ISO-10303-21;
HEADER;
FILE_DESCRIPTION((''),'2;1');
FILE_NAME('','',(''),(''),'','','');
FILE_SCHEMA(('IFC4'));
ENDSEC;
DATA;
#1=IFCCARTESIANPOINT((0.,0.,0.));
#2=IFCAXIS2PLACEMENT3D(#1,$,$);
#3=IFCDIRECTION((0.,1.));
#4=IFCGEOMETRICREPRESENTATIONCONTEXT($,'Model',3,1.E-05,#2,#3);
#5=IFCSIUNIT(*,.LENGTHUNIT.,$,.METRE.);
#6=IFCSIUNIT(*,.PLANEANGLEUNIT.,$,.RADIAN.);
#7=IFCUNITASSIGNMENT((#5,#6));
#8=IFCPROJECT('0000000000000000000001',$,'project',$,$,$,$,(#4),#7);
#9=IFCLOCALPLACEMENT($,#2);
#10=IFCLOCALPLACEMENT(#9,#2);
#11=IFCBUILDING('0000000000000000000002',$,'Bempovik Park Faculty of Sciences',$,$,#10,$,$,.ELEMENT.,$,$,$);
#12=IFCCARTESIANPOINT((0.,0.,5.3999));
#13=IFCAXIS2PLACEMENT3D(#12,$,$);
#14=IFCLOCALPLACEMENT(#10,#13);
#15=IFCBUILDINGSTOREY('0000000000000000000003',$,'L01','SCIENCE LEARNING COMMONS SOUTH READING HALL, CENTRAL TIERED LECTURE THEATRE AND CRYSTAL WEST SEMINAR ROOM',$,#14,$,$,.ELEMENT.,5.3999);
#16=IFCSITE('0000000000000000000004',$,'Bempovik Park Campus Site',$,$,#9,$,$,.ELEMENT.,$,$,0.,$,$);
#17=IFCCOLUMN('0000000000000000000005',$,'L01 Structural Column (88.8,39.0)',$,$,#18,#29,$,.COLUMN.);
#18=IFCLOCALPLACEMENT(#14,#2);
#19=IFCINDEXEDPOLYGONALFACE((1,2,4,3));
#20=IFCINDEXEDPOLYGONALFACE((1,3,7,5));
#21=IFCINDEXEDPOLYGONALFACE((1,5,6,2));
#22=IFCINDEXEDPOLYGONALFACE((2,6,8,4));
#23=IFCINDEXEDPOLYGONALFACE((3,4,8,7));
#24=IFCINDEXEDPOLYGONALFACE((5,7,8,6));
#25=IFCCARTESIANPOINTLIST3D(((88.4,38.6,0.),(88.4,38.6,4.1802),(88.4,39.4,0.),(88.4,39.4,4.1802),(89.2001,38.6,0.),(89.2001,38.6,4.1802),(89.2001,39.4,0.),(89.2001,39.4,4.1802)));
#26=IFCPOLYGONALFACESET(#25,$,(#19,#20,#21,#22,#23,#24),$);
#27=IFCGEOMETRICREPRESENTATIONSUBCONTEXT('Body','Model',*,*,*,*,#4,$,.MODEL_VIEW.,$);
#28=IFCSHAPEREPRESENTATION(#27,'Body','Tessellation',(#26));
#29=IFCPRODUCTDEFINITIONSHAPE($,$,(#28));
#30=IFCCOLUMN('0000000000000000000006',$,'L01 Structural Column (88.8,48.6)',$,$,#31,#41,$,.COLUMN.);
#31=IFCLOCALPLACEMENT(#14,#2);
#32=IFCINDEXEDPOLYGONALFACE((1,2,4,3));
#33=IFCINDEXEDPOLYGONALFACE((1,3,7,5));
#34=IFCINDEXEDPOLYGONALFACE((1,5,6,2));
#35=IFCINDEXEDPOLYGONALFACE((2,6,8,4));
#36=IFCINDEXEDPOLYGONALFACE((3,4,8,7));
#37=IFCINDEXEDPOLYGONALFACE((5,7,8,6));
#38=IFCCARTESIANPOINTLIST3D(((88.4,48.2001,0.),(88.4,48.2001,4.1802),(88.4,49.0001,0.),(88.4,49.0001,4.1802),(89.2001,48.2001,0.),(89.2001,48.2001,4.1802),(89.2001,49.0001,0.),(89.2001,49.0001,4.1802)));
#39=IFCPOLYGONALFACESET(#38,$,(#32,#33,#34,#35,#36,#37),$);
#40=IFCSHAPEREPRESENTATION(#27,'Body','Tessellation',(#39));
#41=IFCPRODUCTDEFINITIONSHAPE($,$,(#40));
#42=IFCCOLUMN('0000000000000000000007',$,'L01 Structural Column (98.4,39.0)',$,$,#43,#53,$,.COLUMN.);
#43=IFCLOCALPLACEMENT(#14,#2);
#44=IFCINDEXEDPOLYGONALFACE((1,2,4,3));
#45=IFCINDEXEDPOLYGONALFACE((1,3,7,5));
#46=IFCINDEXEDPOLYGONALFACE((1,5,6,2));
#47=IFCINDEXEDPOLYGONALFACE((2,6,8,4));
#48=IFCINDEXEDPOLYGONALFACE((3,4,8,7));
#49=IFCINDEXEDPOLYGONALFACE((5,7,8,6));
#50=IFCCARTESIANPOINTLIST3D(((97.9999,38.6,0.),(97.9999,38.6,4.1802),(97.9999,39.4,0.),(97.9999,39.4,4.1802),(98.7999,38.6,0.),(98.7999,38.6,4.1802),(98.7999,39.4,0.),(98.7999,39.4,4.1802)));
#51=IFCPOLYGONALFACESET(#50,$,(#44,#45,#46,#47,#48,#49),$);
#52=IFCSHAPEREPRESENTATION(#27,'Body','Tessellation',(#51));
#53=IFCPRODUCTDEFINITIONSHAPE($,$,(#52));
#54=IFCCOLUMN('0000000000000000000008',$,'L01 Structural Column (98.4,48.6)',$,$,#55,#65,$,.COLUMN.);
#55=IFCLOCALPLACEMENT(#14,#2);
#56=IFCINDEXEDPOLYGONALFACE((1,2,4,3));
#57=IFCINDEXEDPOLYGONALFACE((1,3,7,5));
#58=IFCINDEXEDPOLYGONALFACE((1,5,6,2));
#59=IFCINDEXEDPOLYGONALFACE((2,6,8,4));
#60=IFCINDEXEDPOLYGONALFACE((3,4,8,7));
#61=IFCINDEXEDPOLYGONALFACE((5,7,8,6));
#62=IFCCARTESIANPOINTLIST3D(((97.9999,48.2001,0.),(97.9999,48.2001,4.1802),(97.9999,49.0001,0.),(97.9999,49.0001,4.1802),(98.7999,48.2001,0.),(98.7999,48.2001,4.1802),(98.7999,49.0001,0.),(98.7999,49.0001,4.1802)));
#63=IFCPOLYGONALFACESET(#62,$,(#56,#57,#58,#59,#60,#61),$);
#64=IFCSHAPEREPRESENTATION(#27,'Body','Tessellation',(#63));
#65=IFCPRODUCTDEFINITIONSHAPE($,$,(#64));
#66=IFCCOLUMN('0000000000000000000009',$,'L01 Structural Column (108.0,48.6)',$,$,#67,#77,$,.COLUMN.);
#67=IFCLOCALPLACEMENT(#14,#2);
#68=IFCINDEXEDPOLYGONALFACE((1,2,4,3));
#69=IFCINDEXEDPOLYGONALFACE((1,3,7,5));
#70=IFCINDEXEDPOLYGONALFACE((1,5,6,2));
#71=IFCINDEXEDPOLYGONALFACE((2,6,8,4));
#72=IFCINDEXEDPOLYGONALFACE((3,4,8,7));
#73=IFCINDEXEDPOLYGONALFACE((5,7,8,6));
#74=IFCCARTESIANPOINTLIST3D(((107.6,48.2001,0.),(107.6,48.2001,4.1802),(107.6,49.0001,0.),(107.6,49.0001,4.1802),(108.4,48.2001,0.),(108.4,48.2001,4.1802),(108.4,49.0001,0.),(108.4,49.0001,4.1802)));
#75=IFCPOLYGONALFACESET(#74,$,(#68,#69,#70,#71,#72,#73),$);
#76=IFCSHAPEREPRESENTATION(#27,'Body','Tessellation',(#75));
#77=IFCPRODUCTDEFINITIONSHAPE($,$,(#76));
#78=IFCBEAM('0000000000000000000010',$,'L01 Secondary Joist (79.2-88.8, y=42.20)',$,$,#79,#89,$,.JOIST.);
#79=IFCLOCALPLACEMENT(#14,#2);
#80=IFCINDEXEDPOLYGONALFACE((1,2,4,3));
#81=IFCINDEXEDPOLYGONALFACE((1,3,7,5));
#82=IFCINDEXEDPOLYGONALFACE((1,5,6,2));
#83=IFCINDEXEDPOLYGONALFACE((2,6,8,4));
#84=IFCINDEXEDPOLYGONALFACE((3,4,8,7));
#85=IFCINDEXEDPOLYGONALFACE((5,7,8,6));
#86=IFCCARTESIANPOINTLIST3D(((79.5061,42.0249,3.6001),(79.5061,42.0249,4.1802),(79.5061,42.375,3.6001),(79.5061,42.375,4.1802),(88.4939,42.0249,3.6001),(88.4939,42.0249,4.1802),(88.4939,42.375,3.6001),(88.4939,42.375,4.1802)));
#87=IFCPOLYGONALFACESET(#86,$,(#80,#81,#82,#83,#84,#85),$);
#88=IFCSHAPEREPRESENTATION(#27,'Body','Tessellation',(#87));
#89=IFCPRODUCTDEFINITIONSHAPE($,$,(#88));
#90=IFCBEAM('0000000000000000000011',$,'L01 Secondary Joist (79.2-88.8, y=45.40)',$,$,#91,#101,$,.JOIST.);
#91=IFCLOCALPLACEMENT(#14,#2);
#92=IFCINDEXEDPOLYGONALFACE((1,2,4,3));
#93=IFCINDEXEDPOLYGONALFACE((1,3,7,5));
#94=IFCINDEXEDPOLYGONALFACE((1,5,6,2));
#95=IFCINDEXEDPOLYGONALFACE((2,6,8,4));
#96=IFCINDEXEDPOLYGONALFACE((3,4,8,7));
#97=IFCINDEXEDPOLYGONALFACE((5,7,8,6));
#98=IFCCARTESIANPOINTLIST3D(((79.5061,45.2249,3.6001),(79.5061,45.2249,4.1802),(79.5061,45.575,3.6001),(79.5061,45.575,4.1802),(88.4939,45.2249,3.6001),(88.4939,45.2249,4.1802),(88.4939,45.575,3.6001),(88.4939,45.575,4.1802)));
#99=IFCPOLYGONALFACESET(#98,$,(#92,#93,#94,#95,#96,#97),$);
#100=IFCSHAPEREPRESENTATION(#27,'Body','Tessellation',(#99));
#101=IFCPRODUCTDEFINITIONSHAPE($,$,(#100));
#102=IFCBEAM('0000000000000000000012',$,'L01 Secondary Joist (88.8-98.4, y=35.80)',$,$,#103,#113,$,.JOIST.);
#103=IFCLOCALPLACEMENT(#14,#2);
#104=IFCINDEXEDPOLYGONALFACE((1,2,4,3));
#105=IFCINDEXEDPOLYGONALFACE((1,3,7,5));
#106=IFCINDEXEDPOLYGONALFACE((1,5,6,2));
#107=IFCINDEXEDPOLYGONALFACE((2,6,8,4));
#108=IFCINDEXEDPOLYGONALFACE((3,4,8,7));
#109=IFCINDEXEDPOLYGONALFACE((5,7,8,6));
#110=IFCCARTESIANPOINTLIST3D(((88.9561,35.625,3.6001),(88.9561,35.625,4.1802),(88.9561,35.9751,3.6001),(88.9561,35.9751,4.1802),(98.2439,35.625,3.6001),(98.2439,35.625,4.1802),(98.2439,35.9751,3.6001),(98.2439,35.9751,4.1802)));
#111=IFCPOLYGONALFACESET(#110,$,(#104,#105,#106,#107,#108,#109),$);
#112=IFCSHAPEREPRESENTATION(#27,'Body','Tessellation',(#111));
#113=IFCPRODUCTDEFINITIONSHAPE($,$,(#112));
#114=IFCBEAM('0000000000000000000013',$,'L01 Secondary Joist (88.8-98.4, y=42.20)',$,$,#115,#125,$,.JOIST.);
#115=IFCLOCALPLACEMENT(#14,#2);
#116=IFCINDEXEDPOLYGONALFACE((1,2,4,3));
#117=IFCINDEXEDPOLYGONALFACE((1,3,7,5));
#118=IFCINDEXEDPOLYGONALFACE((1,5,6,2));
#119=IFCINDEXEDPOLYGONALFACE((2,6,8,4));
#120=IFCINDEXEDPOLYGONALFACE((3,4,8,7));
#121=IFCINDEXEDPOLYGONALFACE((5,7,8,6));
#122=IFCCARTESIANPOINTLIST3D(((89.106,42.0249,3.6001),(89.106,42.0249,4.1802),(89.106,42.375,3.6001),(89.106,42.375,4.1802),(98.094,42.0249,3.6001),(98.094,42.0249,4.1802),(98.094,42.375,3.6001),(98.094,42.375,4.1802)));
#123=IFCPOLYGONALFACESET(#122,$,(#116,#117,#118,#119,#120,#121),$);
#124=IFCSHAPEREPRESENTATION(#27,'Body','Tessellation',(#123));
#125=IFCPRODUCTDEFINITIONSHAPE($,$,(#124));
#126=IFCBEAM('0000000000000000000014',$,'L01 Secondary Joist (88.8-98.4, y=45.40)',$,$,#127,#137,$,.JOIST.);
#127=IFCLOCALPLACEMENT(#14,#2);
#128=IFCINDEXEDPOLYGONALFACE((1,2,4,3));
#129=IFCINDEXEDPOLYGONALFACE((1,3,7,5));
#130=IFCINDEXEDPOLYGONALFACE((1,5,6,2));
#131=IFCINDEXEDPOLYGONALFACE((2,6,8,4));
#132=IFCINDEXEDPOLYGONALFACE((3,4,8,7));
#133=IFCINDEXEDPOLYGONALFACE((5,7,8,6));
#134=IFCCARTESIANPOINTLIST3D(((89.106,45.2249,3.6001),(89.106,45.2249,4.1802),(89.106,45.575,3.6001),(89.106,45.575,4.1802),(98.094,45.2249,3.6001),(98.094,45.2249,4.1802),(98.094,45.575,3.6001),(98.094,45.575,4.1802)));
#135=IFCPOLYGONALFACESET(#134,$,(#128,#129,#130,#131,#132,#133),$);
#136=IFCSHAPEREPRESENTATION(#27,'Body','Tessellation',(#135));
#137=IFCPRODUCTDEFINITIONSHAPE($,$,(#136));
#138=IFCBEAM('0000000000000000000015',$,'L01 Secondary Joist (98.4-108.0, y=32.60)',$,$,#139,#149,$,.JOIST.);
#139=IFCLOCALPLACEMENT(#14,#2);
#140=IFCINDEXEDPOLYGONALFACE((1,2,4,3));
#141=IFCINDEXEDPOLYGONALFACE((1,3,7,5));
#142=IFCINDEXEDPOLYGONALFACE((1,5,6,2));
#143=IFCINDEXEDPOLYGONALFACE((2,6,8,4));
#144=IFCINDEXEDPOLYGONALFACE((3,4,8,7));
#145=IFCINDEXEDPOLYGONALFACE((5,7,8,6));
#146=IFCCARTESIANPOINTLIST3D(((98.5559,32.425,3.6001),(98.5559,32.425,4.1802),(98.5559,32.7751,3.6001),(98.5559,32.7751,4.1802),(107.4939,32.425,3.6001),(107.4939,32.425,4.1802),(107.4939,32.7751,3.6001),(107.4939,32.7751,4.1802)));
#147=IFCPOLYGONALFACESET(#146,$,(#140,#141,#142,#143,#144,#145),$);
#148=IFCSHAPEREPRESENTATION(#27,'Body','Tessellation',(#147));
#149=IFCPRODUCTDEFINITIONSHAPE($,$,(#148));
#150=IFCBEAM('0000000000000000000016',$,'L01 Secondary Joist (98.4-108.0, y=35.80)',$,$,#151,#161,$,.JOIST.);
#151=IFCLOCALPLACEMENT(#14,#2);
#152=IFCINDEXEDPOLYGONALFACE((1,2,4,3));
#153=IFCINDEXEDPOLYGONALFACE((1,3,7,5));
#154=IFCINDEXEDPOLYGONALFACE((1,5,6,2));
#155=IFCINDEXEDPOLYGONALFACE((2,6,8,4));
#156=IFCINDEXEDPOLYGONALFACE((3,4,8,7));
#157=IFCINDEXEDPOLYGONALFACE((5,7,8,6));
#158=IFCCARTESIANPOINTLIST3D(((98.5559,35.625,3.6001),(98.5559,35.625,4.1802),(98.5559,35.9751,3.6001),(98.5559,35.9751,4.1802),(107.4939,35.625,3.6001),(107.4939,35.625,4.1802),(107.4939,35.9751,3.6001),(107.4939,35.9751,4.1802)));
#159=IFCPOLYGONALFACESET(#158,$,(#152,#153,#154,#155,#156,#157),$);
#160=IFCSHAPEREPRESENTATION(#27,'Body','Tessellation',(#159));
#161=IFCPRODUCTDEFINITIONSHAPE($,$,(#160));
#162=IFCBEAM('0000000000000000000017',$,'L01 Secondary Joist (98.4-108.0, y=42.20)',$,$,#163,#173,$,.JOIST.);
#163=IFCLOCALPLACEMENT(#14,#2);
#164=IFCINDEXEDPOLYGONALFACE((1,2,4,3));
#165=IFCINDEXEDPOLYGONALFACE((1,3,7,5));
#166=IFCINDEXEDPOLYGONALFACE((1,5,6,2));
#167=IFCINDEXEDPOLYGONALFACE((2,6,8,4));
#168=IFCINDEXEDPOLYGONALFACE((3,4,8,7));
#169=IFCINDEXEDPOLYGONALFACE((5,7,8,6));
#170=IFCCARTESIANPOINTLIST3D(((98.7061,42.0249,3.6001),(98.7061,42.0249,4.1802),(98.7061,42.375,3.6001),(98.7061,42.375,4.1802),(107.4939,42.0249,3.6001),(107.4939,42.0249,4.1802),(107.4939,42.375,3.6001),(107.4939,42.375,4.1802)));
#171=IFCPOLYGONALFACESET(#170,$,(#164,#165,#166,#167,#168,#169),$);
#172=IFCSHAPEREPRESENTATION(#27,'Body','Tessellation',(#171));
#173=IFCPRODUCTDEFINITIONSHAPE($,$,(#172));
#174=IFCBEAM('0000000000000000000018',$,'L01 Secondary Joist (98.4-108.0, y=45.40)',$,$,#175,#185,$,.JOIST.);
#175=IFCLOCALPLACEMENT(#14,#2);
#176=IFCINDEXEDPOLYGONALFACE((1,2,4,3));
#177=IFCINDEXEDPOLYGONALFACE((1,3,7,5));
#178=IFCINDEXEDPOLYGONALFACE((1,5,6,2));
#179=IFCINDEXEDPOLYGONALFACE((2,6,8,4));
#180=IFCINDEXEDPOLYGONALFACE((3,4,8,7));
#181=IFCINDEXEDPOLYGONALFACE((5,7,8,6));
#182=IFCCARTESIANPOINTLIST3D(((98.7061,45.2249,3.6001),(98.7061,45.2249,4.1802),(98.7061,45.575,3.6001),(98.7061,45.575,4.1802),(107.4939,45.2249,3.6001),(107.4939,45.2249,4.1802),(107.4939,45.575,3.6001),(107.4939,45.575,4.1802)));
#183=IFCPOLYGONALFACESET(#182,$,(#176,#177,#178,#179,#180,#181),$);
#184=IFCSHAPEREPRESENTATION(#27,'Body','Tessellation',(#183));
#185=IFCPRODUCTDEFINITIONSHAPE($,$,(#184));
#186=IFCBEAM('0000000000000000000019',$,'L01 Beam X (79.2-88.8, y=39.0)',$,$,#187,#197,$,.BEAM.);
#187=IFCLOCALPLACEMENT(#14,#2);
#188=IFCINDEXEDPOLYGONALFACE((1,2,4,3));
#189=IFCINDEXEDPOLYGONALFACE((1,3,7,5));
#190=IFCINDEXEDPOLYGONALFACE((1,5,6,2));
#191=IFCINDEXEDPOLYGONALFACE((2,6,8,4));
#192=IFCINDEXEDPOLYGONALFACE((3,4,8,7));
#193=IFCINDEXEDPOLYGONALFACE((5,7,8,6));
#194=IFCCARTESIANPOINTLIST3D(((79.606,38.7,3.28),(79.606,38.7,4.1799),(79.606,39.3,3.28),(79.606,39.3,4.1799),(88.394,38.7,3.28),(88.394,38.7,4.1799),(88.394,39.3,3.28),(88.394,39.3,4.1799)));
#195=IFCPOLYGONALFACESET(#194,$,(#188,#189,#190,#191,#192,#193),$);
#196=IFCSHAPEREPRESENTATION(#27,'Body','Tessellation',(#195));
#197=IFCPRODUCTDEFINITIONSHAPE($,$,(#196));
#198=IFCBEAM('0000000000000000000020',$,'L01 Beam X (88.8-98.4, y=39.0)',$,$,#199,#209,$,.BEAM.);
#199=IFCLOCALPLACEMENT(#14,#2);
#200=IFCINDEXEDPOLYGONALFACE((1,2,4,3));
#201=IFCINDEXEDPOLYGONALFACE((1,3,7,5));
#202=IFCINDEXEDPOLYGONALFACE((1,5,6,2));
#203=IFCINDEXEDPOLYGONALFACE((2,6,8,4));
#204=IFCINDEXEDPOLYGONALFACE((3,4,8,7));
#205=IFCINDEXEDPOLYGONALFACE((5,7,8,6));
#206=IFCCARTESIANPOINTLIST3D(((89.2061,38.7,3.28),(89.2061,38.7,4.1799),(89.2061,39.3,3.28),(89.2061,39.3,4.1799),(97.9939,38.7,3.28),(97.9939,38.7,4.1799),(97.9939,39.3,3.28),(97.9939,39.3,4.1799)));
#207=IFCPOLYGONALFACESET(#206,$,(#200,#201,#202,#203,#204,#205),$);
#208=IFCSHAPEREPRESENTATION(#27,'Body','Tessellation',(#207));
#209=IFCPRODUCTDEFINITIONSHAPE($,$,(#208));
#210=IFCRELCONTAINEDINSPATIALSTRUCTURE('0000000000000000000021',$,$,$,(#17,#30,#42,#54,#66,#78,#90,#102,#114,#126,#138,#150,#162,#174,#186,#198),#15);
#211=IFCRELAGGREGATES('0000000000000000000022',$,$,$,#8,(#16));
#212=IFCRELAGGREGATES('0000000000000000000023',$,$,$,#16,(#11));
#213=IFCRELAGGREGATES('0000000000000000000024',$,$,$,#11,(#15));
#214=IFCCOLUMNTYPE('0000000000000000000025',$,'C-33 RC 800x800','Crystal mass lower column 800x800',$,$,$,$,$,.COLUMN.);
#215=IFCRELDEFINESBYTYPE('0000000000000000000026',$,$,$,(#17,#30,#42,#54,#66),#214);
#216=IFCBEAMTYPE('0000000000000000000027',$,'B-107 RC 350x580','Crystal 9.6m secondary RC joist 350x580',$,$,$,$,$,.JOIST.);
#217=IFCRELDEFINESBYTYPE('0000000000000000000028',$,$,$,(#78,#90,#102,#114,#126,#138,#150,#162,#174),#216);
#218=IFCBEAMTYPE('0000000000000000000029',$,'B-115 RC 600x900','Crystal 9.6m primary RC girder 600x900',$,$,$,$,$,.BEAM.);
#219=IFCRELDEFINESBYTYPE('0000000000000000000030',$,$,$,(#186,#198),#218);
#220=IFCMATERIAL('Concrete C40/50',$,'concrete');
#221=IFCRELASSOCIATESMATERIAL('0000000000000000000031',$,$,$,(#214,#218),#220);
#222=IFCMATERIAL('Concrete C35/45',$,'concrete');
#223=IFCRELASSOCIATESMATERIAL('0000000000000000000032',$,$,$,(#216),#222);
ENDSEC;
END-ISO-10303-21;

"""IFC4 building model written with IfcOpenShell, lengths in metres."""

from ifc_helpers import new_model, si_unit, direction, frame, origin, origin_2d, place, context, subcontext, project, spatial, rectangle, extrude, material, material_profile, profile_set, type_object, element, save


model = new_model("IFC4")

# Units and contexts
model_context = context("Model", 3, precision=1e-05, world=origin(), true_north=direction((0.0, 1.0)))
body_context = subcontext(model_context, "Body", "Model", "MODEL_VIEW")
ifc_project = project(units=[si_unit("LENGTHUNIT", "METRE"), si_unit("PLANEANGLEUNIT", "RADIAN")], contexts=[model_context])

# Site, building, storey
site_placement = place(None, origin())
site = spatial("IfcSite", under=ifc_project, at=site_placement, Name="Bempovik Park Campus Site", CompositionType="ELEMENT", RefElevation=0.0)
building_placement = place(site_placement, origin())
building = spatial("IfcBuilding", under=site, at=building_placement, Name="Bempovik Park Faculty of Sciences", CompositionType="ELEMENT")
storey_placement = place(building_placement, frame((0.0, 0.0, 5.3999)))
storey = spatial("IfcBuildingStorey", under=building, at=storey_placement, Name="L01", Description="SCIENCE LEARNING COMMONS SOUTH READING HALL, CENTRAL TIERED LECTURE THEATRE AND CRYSTAL WEST SEMINAR ROOM", CompositionType="ELEMENT", Elevation=5.3999)

# Columns
ifc_material_1 = material(Name="Concrete C40/50", Category="concrete")
ifc_material_profile_1 = material_profile(ifc_material_1, rectangle(XDim=0.8, YDim=0.8, at=origin_2d()), Name="RC 800x800")
ifc_profile_set_1 = profile_set([ifc_material_profile_1], Name="Concrete C40/50")
column_type = type_object("IfcColumnType", Name="C-33 RC 800x800", Description="Crystal mass lower column 800x800", PredefinedType="COLUMN", material=ifc_profile_set_1)
for number, where, z_axis, x_axis, name in (
    (1, (88.8, 39.0, 0.0), (0.0, 0.0, 1.0), (1.0, 0.0, 0.0), "L01 Structural Column (88.8,39.0)"),
    (2, (88.8, 48.6001, 0.0), (0.0, 0.0, 1.0), (1.0, 0.0, 0.0), "L01 Structural Column (88.8,48.6)"),
    (3, (98.3999, 39.0, 0.0), (0.0, 0.0, 1.0), (1.0, 0.0, 0.0), "L01 Structural Column (98.4,39.0)"),
    (4, (98.3999, 48.6001, 0.0), (0.0, 0.0, 1.0), (1.0, 0.0, 0.0), "L01 Structural Column (98.4,48.6)"),
    (5, (108.0, 48.6001, 0.0), (0.0, 0.0, 1.0), (1.0, 0.0, 0.0), "L01 Structural Column (108.0,48.6)"),
):
    element("IfcColumn", number, at=place(storey_placement, frame(where, z_axis=z_axis, x_axis=x_axis)), inside=storey, type_object=column_type, Name=name, PredefinedType="COLUMN", context=body_context, shape_type="SweptSolid", body=[
        extrude(rectangle(XDim=0.8, YDim=0.8, at=origin_2d()), origin(), (0.0, 0.0, 1.0), 4.1802),
    ])

# Beams
ifc_material_2 = material(Name="Concrete C35/45", Category="concrete")
ifc_material_profile_2 = material_profile(ifc_material_2, rectangle(XDim=0.3501, YDim=0.5801, at=origin_2d()), Name="RC 350x580")
ifc_profile_set_2 = profile_set([ifc_material_profile_2], Name="Concrete C35/45")
beam_type_1 = type_object("IfcBeamType", Name="B-107 RC 350x580", Description="Crystal 9.6m secondary RC joist 350x580", PredefinedType="JOIST", material=ifc_profile_set_2)
for number, where, z_axis, x_axis, name in (
    (6, (79.5061, 42.2, 3.8901), (1.0, 0.0, 0.0), (0.0, 1.0, 0.0), "L01 Secondary Joist (79.2-88.8, y=42.20)"),
    (7, (79.5061, 45.3999, 3.8901), (1.0, 0.0, 0.0), (0.0, 1.0, 0.0), "L01 Secondary Joist (79.2-88.8, y=45.40)"),
):
    element("IfcBeam", number, at=place(storey_placement, frame(where, z_axis=z_axis, x_axis=x_axis)), inside=storey, type_object=beam_type_1, Name=name, PredefinedType="JOIST", context=body_context, shape_type="SweptSolid", body=[
        extrude(rectangle(XDim=0.3501, YDim=0.5801, at=origin_2d()), origin(), (0.0, 0.0, 1.0), 8.9878),
    ])
beam_1_placement = place(storey_placement, frame((88.9561, 35.8, 3.8901), z_axis=(1.0, 0.0, 0.0), x_axis=(0.0, 1.0, 0.0)))
element("IfcBeam", 8, at=beam_1_placement, inside=storey, type_object=beam_type_1, Name="L01 Secondary Joist (88.8-98.4, y=35.80)", PredefinedType="JOIST", context=body_context, shape_type="SweptSolid", body=[
    extrude(rectangle(XDim=0.3501, YDim=0.5801, at=origin_2d()), origin(), (0.0, 0.0, 1.0), 9.2878),
])
for number, where, z_axis, x_axis, name in (
    (9, (89.106, 42.2, 3.8901), (1.0, 0.0, 0.0), (0.0, 1.0, 0.0), "L01 Secondary Joist (88.8-98.4, y=42.20)"),
    (10, (89.106, 45.3999, 3.8901), (1.0, 0.0, 0.0), (0.0, 1.0, 0.0), "L01 Secondary Joist (88.8-98.4, y=45.40)"),
):
    element("IfcBeam", number, at=place(storey_placement, frame(where, z_axis=z_axis, x_axis=x_axis)), inside=storey, type_object=beam_type_1, Name=name, PredefinedType="JOIST", context=body_context, shape_type="SweptSolid", body=[
        extrude(rectangle(XDim=0.3501, YDim=0.5801, at=origin_2d()), origin(), (0.0, 0.0, 1.0), 8.988),
    ])
for number, where, z_axis, x_axis, name in (
    (11, (98.5559, 32.6001, 3.8901), (1.0, 0.0, 0.0), (0.0, 1.0, 0.0), "L01 Secondary Joist (98.4-108.0, y=32.60)"),
    (12, (98.5559, 35.8, 3.8901), (1.0, 0.0, 0.0), (0.0, 1.0, 0.0), "L01 Secondary Joist (98.4-108.0, y=35.80)"),
):
    element("IfcBeam", number, at=place(storey_placement, frame(where, z_axis=z_axis, x_axis=x_axis)), inside=storey, type_object=beam_type_1, Name=name, PredefinedType="JOIST", context=body_context, shape_type="SweptSolid", body=[
        extrude(rectangle(XDim=0.3501, YDim=0.5801, at=origin_2d()), origin(), (0.0, 0.0, 1.0), 8.938),
    ])
for number, where, z_axis, x_axis, name in (
    (13, (98.7061, 42.2, 3.8901), (1.0, 0.0, 0.0), (0.0, 1.0, 0.0), "L01 Secondary Joist (98.4-108.0, y=42.20)"),
    (14, (98.7061, 45.3999, 3.8901), (1.0, 0.0, 0.0), (0.0, 1.0, 0.0), "L01 Secondary Joist (98.4-108.0, y=45.40)"),
):
    element("IfcBeam", number, at=place(storey_placement, frame(where, z_axis=z_axis, x_axis=x_axis)), inside=storey, type_object=beam_type_1, Name=name, PredefinedType="JOIST", context=body_context, shape_type="SweptSolid", body=[
        extrude(rectangle(XDim=0.3501, YDim=0.5801, at=origin_2d()), origin(), (0.0, 0.0, 1.0), 8.7878),
    ])
ifc_material_profile_3 = material_profile(ifc_material_1, rectangle(XDim=0.6001, YDim=0.8999, at=origin_2d()), Name="RC 600x900")
ifc_profile_set_3 = profile_set([ifc_material_profile_3], Name="Concrete C40/50")
beam_type_2 = type_object("IfcBeamType", Name="B-115 RC 600x900", Description="Crystal 9.6m primary RC girder 600x900", PredefinedType="BEAM", material=ifc_profile_set_3)
beam_2_placement = place(storey_placement, frame((79.606, 39.0, 3.73), z_axis=(1.0, 0.0, 0.0), x_axis=(0.0, 1.0, 0.0)))
element("IfcBeam", 15, at=beam_2_placement, inside=storey, type_object=beam_type_2, Name="L01 Beam X (79.2-88.8, y=39.0)", PredefinedType="BEAM", context=body_context, shape_type="SweptSolid", body=[
    extrude(rectangle(XDim=0.6001, YDim=0.8999, at=origin_2d()), origin(), (0.0, 0.0, 1.0), 8.7881),
])
beam_3_placement = place(storey_placement, frame((89.2061, 39.0, 3.73), z_axis=(1.0, 0.0, 0.0), x_axis=(0.0, 1.0, 0.0)))
element("IfcBeam", 16, at=beam_3_placement, inside=storey, type_object=beam_type_2, Name="L01 Beam X (88.8-98.4, y=39.0)", PredefinedType="BEAM", context=body_context, shape_type="SweptSolid", body=[
    extrude(rectangle(XDim=0.6001, YDim=0.8999, at=origin_2d()), origin(), (0.0, 0.0, 1.0), 8.7878),
])

save(model, "model.ifc")
